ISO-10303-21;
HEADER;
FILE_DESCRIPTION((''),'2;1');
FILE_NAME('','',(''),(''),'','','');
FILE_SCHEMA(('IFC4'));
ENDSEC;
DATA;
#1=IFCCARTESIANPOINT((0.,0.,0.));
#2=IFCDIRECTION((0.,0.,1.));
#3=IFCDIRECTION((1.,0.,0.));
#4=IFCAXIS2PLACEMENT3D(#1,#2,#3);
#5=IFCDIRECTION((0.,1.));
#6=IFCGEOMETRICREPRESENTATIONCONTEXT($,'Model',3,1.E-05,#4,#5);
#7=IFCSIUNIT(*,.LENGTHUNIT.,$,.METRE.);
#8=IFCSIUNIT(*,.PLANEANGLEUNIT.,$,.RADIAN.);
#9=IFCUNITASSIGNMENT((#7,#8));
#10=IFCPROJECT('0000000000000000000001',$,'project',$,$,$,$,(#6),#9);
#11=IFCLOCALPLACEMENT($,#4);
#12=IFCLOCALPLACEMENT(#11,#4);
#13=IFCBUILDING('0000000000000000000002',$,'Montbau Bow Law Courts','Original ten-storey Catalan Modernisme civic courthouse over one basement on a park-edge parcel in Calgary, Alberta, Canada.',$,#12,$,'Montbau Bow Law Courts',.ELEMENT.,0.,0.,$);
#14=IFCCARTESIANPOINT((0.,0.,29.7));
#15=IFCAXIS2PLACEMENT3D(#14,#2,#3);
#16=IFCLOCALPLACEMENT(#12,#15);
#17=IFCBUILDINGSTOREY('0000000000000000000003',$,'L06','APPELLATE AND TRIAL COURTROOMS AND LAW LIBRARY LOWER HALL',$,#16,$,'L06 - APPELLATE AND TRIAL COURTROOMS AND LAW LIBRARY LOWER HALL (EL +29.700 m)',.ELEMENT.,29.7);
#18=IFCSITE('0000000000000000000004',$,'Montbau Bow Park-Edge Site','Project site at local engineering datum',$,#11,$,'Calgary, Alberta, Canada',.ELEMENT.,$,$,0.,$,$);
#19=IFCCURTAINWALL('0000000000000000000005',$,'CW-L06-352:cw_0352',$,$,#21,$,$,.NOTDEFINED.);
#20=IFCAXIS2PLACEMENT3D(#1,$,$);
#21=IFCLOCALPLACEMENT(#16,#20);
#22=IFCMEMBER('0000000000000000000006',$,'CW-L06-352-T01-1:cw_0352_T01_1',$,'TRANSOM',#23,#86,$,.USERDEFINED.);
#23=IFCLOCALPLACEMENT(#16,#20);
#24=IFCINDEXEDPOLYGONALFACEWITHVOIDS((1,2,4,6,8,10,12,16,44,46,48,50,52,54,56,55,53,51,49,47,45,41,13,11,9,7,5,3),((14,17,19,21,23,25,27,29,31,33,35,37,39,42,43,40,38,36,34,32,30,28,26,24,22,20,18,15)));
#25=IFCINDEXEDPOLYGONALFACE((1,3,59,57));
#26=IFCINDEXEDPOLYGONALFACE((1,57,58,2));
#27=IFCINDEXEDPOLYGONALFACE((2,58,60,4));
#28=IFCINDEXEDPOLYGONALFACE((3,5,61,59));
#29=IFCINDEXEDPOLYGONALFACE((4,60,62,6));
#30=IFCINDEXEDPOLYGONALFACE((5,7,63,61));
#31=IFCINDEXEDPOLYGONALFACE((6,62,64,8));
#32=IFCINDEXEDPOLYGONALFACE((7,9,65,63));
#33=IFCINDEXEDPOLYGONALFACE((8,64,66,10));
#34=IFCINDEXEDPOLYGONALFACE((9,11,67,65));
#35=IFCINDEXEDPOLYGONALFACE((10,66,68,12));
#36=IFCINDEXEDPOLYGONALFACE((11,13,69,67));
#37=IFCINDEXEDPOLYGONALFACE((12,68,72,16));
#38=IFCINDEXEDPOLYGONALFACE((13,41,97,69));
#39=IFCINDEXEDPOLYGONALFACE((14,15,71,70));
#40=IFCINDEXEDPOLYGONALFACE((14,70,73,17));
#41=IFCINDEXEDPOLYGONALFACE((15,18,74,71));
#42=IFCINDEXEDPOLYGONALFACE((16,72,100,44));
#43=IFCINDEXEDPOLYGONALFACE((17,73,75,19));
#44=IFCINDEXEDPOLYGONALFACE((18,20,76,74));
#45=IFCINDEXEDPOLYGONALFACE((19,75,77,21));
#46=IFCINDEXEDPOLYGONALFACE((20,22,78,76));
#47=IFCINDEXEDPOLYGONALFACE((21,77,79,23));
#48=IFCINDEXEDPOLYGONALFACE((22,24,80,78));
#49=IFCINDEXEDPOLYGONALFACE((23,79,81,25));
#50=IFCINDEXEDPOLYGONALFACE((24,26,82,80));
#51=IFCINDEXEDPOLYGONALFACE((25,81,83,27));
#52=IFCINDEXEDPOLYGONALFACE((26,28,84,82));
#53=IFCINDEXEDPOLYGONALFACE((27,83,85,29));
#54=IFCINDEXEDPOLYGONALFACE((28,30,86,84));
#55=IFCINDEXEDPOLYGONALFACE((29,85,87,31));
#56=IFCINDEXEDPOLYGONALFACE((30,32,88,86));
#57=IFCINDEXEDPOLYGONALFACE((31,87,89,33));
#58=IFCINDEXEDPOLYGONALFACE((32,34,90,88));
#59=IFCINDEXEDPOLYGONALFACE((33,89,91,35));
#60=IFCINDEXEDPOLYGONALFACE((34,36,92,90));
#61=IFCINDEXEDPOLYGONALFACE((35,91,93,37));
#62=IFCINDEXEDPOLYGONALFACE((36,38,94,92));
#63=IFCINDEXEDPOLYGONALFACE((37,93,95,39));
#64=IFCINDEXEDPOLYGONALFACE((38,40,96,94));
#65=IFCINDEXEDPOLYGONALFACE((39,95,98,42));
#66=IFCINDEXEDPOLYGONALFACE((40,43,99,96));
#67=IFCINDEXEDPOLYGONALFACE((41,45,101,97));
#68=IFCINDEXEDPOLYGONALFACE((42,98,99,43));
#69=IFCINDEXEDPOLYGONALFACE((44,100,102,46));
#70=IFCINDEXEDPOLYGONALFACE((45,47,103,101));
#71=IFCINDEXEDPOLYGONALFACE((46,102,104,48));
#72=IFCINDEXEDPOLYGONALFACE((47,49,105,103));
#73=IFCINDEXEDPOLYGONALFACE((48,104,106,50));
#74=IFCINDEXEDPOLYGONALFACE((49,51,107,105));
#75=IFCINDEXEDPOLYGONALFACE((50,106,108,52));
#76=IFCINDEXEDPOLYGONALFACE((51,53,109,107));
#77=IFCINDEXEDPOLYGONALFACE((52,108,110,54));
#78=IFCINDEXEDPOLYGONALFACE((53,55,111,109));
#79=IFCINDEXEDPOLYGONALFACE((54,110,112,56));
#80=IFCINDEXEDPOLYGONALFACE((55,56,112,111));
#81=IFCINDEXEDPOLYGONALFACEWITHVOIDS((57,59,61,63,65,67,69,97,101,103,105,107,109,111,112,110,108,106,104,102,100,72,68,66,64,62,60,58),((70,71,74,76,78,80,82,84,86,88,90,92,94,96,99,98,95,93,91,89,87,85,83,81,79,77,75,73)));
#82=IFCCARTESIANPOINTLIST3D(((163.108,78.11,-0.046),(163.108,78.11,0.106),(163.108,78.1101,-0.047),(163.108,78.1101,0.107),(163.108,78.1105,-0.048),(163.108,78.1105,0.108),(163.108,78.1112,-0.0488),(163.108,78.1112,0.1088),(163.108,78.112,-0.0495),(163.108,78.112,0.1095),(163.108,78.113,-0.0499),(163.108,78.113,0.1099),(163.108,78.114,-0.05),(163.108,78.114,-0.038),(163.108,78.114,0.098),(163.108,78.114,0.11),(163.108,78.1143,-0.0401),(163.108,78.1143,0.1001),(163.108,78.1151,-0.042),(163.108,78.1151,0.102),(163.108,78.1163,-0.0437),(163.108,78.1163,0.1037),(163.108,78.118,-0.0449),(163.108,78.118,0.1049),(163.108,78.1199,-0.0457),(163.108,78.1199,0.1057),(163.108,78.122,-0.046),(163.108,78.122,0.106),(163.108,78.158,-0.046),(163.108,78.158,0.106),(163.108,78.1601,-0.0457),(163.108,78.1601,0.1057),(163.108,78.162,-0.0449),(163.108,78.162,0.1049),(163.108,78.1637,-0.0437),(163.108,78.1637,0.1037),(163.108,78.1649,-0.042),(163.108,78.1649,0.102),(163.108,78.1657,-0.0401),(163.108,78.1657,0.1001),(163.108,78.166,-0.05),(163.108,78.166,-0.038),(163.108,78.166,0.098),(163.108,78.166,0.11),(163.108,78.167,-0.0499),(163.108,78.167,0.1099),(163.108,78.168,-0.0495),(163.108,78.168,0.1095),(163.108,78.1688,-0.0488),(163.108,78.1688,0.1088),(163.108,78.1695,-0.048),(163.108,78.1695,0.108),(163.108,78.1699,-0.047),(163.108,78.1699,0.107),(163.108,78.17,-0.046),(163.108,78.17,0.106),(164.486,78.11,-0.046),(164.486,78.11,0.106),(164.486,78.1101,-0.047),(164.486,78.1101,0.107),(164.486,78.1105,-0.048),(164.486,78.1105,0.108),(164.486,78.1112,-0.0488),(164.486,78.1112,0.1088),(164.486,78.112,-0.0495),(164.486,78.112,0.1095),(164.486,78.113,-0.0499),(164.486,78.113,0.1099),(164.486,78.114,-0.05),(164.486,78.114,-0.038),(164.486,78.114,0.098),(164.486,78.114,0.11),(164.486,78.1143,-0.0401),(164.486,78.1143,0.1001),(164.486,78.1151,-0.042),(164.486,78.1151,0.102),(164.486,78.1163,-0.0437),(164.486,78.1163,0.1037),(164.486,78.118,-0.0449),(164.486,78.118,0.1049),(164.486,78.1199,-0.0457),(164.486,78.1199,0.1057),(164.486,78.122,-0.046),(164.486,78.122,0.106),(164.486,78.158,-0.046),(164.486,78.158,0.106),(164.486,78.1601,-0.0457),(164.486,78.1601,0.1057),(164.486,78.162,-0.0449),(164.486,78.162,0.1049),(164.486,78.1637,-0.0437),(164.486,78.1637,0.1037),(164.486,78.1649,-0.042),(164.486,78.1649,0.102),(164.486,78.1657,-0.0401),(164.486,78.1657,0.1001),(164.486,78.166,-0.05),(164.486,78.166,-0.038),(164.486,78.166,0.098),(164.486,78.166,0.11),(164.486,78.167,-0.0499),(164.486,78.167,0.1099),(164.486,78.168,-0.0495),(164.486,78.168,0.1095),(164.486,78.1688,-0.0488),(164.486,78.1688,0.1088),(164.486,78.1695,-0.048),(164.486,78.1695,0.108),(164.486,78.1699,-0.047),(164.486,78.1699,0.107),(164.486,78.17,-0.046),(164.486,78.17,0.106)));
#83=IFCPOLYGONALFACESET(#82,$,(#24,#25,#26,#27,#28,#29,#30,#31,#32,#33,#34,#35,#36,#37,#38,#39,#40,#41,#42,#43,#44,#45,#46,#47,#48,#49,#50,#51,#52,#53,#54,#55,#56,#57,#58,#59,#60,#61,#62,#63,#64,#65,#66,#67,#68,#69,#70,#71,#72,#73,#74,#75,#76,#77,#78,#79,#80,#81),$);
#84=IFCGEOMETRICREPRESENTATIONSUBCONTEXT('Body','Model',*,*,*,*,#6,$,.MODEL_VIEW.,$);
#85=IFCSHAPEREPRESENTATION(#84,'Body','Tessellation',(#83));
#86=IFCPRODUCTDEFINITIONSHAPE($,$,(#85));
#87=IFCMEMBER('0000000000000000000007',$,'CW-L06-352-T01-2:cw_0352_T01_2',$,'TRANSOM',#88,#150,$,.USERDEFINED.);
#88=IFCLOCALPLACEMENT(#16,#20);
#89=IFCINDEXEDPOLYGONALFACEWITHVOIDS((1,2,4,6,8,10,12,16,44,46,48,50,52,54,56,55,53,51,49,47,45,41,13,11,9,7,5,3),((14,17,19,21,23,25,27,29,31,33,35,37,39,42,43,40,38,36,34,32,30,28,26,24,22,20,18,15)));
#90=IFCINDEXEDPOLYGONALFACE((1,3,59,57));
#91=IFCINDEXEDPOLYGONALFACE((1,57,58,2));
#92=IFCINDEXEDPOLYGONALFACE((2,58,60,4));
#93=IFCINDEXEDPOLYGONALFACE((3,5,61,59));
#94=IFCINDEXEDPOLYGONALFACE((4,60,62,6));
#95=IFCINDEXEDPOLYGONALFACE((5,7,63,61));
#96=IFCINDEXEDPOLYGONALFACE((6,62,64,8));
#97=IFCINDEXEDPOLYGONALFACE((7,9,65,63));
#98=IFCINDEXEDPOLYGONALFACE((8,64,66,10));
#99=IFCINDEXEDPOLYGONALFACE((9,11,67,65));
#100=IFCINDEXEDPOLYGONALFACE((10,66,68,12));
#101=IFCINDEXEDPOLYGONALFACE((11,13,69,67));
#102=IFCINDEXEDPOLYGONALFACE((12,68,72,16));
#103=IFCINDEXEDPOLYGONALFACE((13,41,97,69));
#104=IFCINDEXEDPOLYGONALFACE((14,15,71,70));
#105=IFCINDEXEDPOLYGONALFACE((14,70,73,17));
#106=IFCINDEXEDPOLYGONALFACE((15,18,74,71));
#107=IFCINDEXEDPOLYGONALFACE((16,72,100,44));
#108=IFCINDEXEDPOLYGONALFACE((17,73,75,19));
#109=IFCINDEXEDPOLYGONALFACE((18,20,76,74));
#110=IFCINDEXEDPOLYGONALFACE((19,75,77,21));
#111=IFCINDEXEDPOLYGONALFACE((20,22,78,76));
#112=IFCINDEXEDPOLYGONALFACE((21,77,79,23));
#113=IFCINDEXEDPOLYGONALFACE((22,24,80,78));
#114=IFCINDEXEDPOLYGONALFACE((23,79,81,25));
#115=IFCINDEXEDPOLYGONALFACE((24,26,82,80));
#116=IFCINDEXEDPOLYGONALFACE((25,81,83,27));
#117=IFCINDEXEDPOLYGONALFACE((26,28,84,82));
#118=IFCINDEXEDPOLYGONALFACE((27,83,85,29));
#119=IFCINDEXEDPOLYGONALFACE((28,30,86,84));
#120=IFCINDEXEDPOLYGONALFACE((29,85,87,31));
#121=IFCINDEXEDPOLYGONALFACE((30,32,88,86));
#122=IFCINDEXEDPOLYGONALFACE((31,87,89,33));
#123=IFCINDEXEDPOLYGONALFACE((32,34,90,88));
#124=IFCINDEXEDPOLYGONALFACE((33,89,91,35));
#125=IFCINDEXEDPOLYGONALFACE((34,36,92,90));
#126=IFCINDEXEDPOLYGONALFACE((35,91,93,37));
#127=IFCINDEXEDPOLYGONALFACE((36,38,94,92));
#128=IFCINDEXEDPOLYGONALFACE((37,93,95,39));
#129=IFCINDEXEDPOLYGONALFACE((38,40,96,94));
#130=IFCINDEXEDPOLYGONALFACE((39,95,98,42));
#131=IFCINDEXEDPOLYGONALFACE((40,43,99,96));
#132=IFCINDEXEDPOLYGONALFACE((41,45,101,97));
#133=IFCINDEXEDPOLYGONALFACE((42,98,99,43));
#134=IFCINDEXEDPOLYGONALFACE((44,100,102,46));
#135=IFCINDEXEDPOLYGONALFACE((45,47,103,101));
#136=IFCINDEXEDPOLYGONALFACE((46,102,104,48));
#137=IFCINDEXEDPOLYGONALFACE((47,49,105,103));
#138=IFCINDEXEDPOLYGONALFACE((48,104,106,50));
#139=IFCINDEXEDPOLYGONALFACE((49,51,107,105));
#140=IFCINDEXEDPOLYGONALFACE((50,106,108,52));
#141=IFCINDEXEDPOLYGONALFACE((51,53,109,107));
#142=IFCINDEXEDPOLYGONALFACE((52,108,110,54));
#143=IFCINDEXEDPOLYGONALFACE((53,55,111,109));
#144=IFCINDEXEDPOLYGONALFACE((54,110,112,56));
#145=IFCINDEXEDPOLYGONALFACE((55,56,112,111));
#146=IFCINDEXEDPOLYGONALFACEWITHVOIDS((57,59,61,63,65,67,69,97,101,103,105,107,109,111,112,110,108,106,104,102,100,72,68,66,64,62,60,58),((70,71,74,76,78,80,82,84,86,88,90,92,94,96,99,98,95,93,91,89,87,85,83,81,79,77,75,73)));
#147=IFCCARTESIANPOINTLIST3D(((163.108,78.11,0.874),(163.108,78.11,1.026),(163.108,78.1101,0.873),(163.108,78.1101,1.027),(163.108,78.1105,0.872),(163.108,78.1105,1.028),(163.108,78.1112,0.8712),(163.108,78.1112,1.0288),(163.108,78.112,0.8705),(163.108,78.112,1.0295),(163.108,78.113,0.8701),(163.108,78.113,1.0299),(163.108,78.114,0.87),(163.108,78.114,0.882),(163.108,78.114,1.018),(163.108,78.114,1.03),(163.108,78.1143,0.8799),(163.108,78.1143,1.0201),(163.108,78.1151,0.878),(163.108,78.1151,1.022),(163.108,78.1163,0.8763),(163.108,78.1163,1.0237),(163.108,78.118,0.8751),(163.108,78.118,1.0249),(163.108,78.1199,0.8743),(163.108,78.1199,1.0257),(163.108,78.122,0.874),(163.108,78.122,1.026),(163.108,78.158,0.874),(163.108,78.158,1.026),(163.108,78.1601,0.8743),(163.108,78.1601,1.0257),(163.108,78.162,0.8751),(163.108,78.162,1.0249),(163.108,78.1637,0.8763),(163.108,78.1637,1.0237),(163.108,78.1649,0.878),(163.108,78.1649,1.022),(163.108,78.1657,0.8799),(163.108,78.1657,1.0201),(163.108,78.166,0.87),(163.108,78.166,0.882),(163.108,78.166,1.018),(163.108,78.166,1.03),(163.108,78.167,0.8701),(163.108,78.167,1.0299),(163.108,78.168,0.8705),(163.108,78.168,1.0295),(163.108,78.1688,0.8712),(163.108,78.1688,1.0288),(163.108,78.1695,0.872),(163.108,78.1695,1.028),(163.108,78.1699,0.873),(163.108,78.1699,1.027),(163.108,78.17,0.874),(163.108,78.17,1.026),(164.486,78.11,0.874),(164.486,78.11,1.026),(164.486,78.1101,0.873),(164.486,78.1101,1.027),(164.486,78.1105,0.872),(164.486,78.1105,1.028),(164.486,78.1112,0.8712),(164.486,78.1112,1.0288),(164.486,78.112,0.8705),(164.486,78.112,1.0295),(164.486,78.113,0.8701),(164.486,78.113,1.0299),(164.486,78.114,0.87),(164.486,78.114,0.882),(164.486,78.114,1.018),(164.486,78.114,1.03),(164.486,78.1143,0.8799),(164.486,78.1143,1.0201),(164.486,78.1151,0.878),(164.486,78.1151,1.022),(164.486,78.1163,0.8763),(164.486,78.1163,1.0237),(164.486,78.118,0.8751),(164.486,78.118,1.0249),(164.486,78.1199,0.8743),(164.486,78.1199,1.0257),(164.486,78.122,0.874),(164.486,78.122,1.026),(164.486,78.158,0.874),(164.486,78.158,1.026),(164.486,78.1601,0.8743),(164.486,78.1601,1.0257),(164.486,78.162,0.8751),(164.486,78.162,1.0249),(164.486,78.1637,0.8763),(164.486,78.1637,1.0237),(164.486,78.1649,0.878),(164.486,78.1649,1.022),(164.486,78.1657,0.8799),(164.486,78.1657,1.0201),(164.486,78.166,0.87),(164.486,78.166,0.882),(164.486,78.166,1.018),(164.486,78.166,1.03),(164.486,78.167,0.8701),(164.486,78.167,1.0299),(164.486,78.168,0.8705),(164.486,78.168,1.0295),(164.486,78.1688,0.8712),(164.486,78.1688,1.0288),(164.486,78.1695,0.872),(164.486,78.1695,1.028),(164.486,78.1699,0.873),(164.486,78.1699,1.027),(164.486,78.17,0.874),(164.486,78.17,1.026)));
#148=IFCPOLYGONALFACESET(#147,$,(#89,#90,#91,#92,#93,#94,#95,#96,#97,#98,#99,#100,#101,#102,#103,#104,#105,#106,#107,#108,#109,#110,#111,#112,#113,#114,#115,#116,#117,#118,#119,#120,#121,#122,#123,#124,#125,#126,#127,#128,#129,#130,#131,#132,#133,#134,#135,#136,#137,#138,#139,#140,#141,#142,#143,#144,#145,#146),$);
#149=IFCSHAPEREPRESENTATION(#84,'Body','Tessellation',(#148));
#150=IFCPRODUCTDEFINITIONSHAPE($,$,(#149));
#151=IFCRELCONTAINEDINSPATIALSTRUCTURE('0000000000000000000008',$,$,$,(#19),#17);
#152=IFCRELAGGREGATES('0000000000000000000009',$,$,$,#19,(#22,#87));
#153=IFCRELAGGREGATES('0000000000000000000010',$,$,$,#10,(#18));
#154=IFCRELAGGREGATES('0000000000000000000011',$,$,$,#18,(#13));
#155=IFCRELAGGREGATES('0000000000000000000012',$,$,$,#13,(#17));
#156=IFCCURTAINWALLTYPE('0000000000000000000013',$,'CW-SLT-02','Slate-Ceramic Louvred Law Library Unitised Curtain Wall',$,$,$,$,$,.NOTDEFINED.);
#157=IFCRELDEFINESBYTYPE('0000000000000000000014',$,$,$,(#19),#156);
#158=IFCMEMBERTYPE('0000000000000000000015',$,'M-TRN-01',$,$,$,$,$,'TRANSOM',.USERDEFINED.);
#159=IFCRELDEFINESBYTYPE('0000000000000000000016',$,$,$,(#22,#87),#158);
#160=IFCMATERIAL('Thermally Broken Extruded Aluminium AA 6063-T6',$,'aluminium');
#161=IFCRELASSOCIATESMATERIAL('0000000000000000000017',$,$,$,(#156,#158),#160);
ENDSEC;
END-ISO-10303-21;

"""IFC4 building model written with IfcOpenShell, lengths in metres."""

from ifc_helpers import new_model, si_unit, direction, frame, origin_with_axes, origin_2d_with_axis, place, context, subcontext, project, spatial, hollow_rectangle, extrude, material, material_profile, profile_set, type_object, element, aggregate, save


model = new_model("IFC4")

# Units and contexts
model_context = context("Model", 3, precision=1e-05, world=origin_with_axes(), true_north=direction((0.0, 1.0)))
body_context = subcontext(model_context, "Body", "Model", "MODEL_VIEW")
ifc_project = project(units=[si_unit("LENGTHUNIT", "METRE"), si_unit("PLANEANGLEUNIT", "RADIAN")], contexts=[model_context])

# Site, building, storey
site_placement = place(None, origin_with_axes())
site = spatial("IfcSite", under=ifc_project, at=site_placement, Name="Montbau Bow Park-Edge Site", Description="Project site at local engineering datum", LongName="Calgary, Alberta, Canada", CompositionType="ELEMENT", RefElevation=0.0)
building_placement = place(site_placement, origin_with_axes())
building = spatial("IfcBuilding", under=site, at=building_placement, Name="Montbau Bow Law Courts", Description="Original ten-storey Catalan Modernisme civic courthouse over one basement on a park-edge parcel in Calgary, Alberta, Canada.", LongName="Montbau Bow Law Courts", CompositionType="ELEMENT", ElevationOfRefHeight=0.0, ElevationOfTerrain=0.0)
storey_placement = place(building_placement, frame((0.0, 0.0, 29.7), z_axis=(0.0, 0.0, 1.0), x_axis=(1.0, 0.0, 0.0)))
storey = spatial("IfcBuildingStorey", under=building, at=storey_placement, Name="L06", Description="APPELLATE AND TRIAL COURTROOMS AND LAW LIBRARY LOWER HALL", LongName="L06 - APPELLATE AND TRIAL COURTROOMS AND LAW LIBRARY LOWER HALL (EL +29.700 m)", CompositionType="ELEMENT", Elevation=29.7)

# Curtain wall, members
ifc_material_1 = material(Name="Thermally Broken Extruded Aluminium AA 6063-T6", Category="aluminium")
curtain_wall_type = type_object("IfcCurtainWallType", Name="CW-SLT-02", Description="Slate-Ceramic Louvred Law Library Unitised Curtain Wall", PredefinedType="NOTDEFINED", material=ifc_material_1)
curtain_wall_placement = place(None, frame((163.04, 78.14, 29.7), z_axis=(0.0, 0.0, 1.0), x_axis=(1.0, 0.0, 0.0)))
curtain_wall = element("IfcCurtainWall", 1, at=curtain_wall_placement, inside=storey, type_object=curtain_wall_type, Name="CW-L06-352:cw_0352", PredefinedType="NOTDEFINED")
ifc_material_profile_1 = material_profile(ifc_material_1, hollow_rectangle(XDim=0.06, YDim=0.16, WallThickness=0.004, InnerFilletRadius=0.008, OuterFilletRadius=0.004, at=origin_2d_with_axis()), Name="CWT-160X60", Category="Main", Priority=0)
ifc_profile_set_1 = profile_set([ifc_material_profile_1], Name="Thermally Broken Extruded Aluminium AA 6063-T6")
member_type_1 = type_object("IfcMemberType", Name="M-TRN-01", ElementType="TRANSOM", PredefinedType="USERDEFINED", material=ifc_profile_set_1)
member_1_placement = place(None, frame((163.108, 78.14, 29.73), z_axis=(1.0, 0.0, 0.0), x_axis=(0.0, 1.0, 0.0)))
member_1 = element("IfcMember", 2, at=member_1_placement, type_object=member_type_1, Name="CW-L06-352-T01-1:cw_0352_T01_1", ObjectType="TRANSOM", PredefinedType="USERDEFINED", context=body_context, shape_type="SweptSolid", body=[
    extrude(hollow_rectangle(XDim=0.06, YDim=0.16, WallThickness=0.004, InnerFilletRadius=0.008, OuterFilletRadius=0.004, at=origin_2d_with_axis()), origin_with_axes(), (0.0, 0.0, 1.0), 1.378),
])
member_2_placement = place(None, frame((163.108, 78.14, 30.65), z_axis=(1.0, 0.0, 0.0), x_axis=(0.0, 1.0, 0.0)))
member_2 = element("IfcMember", 3, at=member_2_placement, type_object=member_type_1, Name="CW-L06-352-T01-2:cw_0352_T01_2", ObjectType="TRANSOM", PredefinedType="USERDEFINED", context=body_context, shape_type="SweptSolid", body=[
    extrude(hollow_rectangle(XDim=0.06, YDim=0.16, WallThickness=0.004, InnerFilletRadius=0.008, OuterFilletRadius=0.004, at=origin_2d_with_axis()), origin_with_axes(), (0.0, 0.0, 1.0), 1.378),
])
aggregate(curtain_wall, [member_1, member_2])

save(model, "model.ifc")
